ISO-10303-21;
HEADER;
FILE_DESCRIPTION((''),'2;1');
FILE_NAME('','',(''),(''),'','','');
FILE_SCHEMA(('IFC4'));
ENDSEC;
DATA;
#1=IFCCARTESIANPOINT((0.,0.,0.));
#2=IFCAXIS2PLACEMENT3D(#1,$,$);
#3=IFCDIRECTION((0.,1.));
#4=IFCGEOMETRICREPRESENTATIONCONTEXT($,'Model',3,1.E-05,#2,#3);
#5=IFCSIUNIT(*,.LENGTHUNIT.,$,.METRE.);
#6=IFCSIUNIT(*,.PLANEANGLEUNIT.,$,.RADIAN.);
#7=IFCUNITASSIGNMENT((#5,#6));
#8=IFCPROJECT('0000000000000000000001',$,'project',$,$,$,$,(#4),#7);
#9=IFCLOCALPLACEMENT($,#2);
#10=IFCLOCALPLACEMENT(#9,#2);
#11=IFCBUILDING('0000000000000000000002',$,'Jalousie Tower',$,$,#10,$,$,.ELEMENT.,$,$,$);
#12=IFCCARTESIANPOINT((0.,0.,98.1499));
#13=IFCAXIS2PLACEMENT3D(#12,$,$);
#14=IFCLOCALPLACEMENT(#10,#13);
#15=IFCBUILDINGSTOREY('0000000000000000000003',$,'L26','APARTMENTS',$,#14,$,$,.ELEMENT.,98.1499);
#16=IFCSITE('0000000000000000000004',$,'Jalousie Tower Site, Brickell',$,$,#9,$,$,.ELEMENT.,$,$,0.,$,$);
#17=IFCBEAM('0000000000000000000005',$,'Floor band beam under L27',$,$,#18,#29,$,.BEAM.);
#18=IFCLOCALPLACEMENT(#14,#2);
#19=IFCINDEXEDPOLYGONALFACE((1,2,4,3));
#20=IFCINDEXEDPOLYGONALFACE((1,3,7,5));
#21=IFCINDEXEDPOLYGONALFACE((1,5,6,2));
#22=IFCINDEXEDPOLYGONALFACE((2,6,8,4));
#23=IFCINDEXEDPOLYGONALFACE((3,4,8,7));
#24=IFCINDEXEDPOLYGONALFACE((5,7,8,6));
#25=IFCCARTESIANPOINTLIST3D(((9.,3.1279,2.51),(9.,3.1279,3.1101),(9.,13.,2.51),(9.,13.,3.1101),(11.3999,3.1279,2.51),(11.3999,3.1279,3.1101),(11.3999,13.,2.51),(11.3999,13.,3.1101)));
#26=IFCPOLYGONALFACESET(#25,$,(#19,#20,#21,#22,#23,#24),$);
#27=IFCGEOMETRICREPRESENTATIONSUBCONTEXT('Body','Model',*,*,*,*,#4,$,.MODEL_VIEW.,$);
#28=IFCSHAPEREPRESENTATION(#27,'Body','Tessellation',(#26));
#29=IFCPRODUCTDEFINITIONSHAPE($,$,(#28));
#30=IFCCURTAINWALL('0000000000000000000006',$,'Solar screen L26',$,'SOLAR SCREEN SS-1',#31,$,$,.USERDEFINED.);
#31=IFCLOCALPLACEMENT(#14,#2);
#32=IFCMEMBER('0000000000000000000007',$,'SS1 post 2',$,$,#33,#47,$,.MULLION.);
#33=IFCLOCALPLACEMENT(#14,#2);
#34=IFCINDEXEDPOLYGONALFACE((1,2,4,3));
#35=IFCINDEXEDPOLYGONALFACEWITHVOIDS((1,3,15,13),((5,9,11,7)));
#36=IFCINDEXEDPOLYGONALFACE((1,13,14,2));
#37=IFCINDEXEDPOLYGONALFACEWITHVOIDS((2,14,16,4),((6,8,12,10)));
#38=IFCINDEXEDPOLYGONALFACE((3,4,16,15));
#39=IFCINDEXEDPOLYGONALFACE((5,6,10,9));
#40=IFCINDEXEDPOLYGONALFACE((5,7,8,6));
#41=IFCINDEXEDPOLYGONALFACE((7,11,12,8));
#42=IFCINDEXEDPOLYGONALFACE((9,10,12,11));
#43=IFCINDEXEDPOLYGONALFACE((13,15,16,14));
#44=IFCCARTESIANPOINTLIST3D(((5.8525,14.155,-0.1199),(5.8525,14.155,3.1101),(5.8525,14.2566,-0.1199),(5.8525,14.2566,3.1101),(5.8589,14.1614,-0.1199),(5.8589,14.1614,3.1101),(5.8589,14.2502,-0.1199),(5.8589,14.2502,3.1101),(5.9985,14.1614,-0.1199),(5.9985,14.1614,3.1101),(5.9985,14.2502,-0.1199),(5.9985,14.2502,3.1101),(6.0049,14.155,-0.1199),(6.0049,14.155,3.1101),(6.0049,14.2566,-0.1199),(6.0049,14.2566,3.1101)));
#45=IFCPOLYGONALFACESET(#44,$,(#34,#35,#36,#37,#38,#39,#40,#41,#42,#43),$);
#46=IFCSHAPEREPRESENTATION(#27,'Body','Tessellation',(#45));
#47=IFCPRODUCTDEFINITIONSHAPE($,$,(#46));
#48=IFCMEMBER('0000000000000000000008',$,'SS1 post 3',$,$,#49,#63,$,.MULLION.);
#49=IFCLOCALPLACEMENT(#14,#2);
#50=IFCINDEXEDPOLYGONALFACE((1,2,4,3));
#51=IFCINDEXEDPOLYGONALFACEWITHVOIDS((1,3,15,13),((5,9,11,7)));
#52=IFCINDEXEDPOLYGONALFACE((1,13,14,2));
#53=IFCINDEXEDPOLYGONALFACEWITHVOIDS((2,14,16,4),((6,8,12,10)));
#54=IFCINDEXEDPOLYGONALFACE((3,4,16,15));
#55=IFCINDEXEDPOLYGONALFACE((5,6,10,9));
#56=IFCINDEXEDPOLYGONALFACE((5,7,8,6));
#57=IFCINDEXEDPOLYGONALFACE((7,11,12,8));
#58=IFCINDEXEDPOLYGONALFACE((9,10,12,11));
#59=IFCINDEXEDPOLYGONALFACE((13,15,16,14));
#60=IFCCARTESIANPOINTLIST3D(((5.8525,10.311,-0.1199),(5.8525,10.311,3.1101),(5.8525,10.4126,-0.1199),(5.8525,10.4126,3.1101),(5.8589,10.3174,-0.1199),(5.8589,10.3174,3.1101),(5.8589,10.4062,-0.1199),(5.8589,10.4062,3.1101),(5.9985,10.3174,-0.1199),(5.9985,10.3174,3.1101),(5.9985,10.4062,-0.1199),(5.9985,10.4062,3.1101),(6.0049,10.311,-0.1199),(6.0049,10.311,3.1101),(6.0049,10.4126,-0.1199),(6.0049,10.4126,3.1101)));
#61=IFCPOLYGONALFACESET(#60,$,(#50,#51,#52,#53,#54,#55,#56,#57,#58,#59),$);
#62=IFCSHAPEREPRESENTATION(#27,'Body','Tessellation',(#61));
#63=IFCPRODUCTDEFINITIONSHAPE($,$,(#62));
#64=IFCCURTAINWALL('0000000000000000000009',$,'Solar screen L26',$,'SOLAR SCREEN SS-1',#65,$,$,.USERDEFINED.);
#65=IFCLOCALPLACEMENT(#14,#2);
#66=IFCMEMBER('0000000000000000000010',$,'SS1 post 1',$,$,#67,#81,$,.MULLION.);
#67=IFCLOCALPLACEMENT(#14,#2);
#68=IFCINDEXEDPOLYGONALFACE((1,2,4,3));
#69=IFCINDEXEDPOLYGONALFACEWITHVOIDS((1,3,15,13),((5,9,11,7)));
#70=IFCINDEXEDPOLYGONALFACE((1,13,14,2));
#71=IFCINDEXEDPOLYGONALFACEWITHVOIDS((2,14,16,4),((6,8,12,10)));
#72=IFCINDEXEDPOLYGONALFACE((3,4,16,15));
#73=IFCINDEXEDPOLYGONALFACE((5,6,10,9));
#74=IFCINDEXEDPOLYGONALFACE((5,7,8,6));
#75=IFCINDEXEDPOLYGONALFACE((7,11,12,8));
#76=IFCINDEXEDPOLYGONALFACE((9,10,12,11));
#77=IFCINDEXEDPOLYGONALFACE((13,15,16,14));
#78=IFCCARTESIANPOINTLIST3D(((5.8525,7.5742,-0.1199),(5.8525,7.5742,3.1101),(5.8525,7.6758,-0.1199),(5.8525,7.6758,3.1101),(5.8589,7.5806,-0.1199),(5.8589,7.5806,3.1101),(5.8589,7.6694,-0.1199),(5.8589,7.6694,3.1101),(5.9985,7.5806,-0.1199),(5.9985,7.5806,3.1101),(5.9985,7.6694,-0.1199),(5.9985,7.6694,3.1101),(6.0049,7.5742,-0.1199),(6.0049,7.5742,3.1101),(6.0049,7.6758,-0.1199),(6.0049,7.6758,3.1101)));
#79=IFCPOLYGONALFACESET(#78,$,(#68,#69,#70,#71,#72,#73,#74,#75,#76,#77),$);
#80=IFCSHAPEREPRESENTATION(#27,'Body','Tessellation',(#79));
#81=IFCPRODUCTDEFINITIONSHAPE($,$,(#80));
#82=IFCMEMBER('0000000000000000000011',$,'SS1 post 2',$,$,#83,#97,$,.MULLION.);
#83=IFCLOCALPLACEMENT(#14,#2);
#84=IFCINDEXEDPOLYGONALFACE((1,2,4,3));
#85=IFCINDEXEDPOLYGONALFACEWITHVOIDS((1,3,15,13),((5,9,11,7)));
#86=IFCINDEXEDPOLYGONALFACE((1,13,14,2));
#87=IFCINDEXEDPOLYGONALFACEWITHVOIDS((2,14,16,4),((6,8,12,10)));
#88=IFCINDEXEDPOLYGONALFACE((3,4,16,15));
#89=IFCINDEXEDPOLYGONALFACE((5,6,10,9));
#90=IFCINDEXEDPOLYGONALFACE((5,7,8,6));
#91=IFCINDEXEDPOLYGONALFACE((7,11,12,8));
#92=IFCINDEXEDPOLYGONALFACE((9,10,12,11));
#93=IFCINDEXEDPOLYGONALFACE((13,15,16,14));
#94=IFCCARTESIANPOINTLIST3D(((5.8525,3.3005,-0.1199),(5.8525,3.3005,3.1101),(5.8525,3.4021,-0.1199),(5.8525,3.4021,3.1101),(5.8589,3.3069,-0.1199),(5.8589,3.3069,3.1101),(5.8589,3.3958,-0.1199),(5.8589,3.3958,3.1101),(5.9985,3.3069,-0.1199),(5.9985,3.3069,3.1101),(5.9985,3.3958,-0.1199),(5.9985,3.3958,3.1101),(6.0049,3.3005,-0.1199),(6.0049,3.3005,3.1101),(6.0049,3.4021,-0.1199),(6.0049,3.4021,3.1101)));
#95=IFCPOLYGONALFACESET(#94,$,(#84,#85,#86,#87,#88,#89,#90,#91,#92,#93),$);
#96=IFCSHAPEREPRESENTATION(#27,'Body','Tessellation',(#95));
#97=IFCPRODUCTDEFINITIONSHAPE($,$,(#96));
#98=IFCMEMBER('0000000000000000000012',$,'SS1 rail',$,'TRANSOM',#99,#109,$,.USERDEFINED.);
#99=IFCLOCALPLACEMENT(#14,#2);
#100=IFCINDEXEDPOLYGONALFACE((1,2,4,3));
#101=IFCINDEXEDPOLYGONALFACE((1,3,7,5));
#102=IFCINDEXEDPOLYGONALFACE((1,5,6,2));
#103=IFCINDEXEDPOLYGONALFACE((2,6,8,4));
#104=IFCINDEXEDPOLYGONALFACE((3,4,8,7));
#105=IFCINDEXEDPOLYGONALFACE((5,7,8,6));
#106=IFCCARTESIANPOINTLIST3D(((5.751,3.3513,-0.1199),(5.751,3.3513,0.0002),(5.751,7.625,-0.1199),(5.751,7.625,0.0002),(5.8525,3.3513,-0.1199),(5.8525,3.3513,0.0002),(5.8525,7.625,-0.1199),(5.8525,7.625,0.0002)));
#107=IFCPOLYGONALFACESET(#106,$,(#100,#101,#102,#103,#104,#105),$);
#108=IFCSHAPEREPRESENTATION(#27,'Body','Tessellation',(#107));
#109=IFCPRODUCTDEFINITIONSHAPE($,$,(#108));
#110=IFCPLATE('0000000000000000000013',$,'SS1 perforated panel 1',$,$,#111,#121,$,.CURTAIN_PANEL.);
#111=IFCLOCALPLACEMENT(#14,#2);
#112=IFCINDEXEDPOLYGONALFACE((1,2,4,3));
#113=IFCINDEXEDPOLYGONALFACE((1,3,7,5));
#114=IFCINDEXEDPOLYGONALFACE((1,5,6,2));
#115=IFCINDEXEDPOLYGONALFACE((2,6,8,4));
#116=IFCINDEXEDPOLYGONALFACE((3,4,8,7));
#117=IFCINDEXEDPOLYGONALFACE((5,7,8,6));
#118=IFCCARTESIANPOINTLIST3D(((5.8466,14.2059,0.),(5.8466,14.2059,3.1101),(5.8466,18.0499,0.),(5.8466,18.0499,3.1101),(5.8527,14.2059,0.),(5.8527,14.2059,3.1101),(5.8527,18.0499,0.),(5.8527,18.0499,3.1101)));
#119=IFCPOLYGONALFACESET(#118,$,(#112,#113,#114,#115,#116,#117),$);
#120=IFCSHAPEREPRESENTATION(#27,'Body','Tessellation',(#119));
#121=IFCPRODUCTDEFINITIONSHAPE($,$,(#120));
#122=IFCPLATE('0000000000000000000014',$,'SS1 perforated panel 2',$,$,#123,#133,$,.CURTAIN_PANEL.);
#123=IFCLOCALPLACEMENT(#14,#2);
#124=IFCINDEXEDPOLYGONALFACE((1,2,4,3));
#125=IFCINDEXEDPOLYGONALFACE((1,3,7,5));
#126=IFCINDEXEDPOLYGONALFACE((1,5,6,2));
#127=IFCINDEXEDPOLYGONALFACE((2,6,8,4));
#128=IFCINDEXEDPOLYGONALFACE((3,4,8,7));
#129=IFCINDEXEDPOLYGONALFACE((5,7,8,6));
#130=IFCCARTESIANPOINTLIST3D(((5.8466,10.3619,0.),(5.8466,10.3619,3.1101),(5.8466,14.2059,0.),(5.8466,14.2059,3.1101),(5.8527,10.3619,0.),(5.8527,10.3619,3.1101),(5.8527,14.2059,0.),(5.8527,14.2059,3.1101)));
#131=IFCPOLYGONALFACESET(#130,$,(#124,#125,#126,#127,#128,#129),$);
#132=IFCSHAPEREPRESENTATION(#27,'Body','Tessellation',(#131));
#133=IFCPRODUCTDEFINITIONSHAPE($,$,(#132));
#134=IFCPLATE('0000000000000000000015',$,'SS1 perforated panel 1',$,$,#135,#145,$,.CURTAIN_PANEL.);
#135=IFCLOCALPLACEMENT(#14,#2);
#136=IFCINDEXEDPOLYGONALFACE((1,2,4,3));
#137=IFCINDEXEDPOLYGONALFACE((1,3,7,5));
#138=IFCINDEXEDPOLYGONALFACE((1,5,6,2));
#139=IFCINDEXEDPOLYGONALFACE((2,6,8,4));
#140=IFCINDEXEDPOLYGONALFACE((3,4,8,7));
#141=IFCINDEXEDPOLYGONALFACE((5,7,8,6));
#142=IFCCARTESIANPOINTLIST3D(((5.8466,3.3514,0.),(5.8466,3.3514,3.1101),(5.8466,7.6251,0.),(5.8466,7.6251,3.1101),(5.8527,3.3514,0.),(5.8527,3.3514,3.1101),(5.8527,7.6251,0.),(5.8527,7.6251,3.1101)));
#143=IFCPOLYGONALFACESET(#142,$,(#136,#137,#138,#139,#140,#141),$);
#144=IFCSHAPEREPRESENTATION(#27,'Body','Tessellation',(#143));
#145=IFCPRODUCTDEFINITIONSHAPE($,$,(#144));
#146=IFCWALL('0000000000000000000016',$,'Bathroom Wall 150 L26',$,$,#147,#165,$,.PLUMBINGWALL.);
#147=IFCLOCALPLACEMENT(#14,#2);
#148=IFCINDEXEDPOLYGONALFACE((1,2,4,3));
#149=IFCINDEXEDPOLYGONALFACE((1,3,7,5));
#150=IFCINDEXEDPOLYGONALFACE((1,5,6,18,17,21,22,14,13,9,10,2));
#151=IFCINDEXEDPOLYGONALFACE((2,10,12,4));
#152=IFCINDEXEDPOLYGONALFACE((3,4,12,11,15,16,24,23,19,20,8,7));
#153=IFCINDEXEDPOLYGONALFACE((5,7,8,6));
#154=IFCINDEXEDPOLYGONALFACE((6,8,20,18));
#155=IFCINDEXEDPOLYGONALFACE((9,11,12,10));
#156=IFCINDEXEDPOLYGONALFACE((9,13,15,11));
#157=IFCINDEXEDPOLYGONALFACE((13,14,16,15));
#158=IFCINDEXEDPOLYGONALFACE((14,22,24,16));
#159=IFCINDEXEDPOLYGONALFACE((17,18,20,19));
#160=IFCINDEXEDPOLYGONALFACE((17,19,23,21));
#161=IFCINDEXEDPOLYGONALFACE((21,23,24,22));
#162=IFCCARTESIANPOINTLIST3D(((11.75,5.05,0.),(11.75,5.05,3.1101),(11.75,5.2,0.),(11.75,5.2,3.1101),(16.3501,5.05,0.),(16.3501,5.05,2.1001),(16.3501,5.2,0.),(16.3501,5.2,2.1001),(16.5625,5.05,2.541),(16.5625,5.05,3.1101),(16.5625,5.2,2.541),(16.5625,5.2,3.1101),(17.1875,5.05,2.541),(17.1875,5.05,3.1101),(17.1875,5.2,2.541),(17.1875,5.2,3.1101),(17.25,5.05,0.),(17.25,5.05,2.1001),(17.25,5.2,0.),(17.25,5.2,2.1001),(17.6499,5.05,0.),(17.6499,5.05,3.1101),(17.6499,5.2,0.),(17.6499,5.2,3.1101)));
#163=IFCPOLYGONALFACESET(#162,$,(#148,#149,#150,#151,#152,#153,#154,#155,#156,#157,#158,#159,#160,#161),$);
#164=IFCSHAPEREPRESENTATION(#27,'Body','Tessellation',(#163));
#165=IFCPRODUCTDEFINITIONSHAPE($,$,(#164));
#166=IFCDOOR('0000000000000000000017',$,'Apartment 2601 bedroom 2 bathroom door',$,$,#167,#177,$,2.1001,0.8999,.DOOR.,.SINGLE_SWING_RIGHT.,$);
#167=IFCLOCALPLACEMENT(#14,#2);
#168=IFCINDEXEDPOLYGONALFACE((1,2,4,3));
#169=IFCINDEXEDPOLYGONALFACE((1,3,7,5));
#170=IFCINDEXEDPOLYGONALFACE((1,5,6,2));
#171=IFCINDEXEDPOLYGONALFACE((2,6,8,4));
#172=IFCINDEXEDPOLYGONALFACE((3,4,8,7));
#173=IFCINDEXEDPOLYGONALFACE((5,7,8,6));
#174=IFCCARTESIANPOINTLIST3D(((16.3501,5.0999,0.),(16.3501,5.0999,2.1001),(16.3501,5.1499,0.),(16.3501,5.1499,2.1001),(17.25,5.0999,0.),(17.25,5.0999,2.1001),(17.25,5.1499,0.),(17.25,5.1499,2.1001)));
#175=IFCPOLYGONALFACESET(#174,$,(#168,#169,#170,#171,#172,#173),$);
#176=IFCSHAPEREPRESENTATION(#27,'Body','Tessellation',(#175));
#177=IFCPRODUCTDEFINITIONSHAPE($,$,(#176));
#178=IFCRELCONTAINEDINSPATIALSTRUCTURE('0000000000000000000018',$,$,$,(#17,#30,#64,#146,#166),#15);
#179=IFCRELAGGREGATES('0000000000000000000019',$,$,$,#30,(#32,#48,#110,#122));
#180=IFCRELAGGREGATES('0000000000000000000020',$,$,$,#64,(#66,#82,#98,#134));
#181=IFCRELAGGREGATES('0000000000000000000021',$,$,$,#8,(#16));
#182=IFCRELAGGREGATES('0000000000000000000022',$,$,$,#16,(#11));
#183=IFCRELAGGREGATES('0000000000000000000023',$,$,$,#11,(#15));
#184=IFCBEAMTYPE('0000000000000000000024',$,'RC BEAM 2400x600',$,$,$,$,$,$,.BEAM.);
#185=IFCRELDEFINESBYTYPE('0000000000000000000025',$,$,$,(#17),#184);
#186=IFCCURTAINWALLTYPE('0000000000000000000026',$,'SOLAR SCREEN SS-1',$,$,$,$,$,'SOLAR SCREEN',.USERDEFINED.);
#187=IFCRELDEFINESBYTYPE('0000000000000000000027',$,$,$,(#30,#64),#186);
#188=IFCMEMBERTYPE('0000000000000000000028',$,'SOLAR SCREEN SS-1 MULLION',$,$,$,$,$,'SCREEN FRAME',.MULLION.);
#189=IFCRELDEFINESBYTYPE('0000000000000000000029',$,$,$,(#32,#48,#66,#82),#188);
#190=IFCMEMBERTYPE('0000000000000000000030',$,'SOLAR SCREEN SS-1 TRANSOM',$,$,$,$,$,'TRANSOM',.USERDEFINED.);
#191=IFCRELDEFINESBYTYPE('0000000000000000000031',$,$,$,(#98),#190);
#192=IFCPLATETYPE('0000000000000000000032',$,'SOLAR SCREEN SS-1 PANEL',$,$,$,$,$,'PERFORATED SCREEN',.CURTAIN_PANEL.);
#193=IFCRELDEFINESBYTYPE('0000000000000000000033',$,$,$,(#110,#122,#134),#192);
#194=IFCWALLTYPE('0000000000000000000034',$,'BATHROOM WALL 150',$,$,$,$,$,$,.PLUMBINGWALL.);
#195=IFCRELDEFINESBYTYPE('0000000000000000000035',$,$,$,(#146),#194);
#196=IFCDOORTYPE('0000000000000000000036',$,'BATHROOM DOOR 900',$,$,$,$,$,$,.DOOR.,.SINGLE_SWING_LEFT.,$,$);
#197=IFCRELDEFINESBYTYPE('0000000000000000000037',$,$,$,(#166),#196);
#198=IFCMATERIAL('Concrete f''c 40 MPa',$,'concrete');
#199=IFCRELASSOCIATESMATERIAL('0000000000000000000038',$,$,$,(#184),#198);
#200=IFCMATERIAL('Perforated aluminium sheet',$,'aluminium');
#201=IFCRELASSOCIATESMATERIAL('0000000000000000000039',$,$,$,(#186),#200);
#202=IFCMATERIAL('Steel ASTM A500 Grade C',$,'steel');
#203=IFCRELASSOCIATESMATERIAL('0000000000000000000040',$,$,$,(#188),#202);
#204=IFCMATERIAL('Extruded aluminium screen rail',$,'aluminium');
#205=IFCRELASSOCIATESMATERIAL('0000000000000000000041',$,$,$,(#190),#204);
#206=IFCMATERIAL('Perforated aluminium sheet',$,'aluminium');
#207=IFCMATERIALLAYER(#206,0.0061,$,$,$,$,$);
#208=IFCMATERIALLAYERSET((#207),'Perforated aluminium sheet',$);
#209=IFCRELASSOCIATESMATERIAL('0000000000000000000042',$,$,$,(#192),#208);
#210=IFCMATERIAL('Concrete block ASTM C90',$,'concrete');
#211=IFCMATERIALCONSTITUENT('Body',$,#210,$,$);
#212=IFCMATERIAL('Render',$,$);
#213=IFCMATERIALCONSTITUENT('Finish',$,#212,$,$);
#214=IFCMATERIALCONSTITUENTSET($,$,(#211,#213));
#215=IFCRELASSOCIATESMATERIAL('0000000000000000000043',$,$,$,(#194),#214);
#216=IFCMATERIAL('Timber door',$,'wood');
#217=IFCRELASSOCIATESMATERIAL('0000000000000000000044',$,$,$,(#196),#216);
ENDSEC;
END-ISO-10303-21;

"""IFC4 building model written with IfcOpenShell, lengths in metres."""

from ifc_helpers import new_model, si_unit, direction, frame, frame_2d, origin, origin_2d, place, context, subcontext, project, spatial, polyline, rectangle, hollow_rectangle, outline, extrude, material, layer, layer_set, constituent, constituent_set, material_profile, profile_set, type_object, element, fill, aggregate, save


model = new_model("IFC4")

# Units and contexts
model_context = context("Model", 3, precision=1e-05, world=origin(), true_north=direction((0.0, 1.0)))
body_context = subcontext(model_context, "Body", "Model", "MODEL_VIEW")
ifc_project = project(units=[si_unit("LENGTHUNIT", "METRE"), si_unit("PLANEANGLEUNIT", "RADIAN")], contexts=[model_context])

# Site, building, storey
site_placement = place(None, origin())
site = spatial("IfcSite", under=ifc_project, at=site_placement, Name="Jalousie Tower Site, Brickell", CompositionType="ELEMENT", RefElevation=0.0)
building_placement = place(site_placement, origin())
building = spatial("IfcBuilding", under=site, at=building_placement, Name="Jalousie Tower", CompositionType="ELEMENT")
storey_placement = place(building_placement, frame((0.0, 0.0, 98.1499)))
storey = spatial("IfcBuildingStorey", under=building, at=storey_placement, Name="L26", Description="APARTMENTS", CompositionType="ELEMENT", Elevation=98.1499)

# Beam
ifc_material_1 = material(Name="Concrete f'c 40 MPa", Category="concrete")
ifc_material_profile_1 = material_profile(ifc_material_1, rectangle(XDim=2.3999, YDim=0.6001, at=origin_2d()), Name="RC 2400x600")
ifc_profile_set_1 = profile_set([ifc_material_profile_1], Name="Concrete f'c 40 MPa")
beam_type_1 = type_object("IfcBeamType", Name="RC BEAM 2400x600", PredefinedType="BEAM", material=ifc_profile_set_1)
beam_1_placement = place(storey_placement, frame((10.2, 13.0, 2.8101), z_axis=(0.0, -1.0, 0.0), x_axis=(1.0, 0.0, 0.0)))
element("IfcBeam", 1, at=beam_1_placement, inside=storey, type_object=beam_type_1, Name="Floor band beam under L27", PredefinedType="BEAM", context=body_context, shape_type="SweptSolid", body=[
    extrude(rectangle(XDim=2.3999, YDim=0.6001, at=origin_2d()), origin(), (0.0, 0.0, 1.0), 9.8721),
])

# Curtain walls, members
ifc_material_2 = material(Name="Perforated aluminium sheet", Category="aluminium")
curtain_wall_type = type_object("IfcCurtainWallType", Name="SOLAR SCREEN SS-1", ElementType="SOLAR SCREEN", PredefinedType="USERDEFINED", material=ifc_material_2)
curtain_wall_1_placement = place(storey_placement, origin())
curtain_wall_1 = element("IfcCurtainWall", 2, at=curtain_wall_1_placement, inside=storey, type_object=curtain_wall_type, Name="Solar screen L26", ObjectType="SOLAR SCREEN SS-1", PredefinedType="USERDEFINED")
ifc_material_3 = material(Name="Steel ASTM A500 Grade C", Category="steel")
ifc_material_profile_2 = material_profile(ifc_material_3, hollow_rectangle(XDim=0.1016, YDim=0.1523, WallThickness=0.0063, at=origin_2d()), Name="HSS6X4X1/4")
ifc_profile_set_2 = profile_set([ifc_material_profile_2], Name="Steel ASTM A500 Grade C")
member_type_1 = type_object("IfcMemberType", Name="SOLAR SCREEN SS-1 MULLION", ElementType="SCREEN FRAME", PredefinedType="MULLION", material=ifc_profile_set_2)
member_1_placement = place(storey_placement, frame((5.9287, 14.2058, -0.1199), z_axis=(0.0, 0.0, 1.0), x_axis=(0.0, -1.0, 0.0)))
member_1 = element("IfcMember", 3, at=member_1_placement, type_object=member_type_1, Name="SS1 post 2", PredefinedType="MULLION", context=body_context, shape_type="SweptSolid", body=[
    extrude(hollow_rectangle(XDim=0.1016, YDim=0.1523, WallThickness=0.0063, at=origin_2d()), origin(), (0.0, 0.0, 1.0), 3.23),
])
member_2_placement = place(storey_placement, frame((5.9287, 10.3618, -0.1199), z_axis=(0.0, 0.0, 1.0), x_axis=(0.0, -1.0, 0.0)))
member_2 = element("IfcMember", 4, at=member_2_placement, type_object=member_type_1, Name="SS1 post 3", PredefinedType="MULLION", context=body_context, shape_type="SweptSolid", body=[
    extrude(hollow_rectangle(XDim=0.1016, YDim=0.1523, WallThickness=0.0063, at=origin_2d()), origin(), (0.0, 0.0, 1.0), 3.23),
])
curtain_wall_2_placement = place(storey_placement, origin())
curtain_wall_2 = element("IfcCurtainWall", 5, at=curtain_wall_2_placement, inside=storey, type_object=curtain_wall_type, Name="Solar screen L26", ObjectType="SOLAR SCREEN SS-1", PredefinedType="USERDEFINED")
member_3_placement = place(storey_placement, frame((5.9287, 7.625, -0.1199), z_axis=(0.0, 0.0, 1.0), x_axis=(0.0, -1.0, 0.0)))
member_3 = element("IfcMember", 6, at=member_3_placement, type_object=member_type_1, Name="SS1 post 1", PredefinedType="MULLION", context=body_context, shape_type="SweptSolid", body=[
    extrude(hollow_rectangle(XDim=0.1016, YDim=0.1523, WallThickness=0.0063, at=origin_2d()), origin(), (0.0, 0.0, 1.0), 3.23),
])
member_4_placement = place(storey_placement, frame((5.9287, 3.3513, -0.1199), z_axis=(0.0, 0.0, 1.0), x_axis=(0.0, -1.0, 0.0)))
member_4 = element("IfcMember", 7, at=member_4_placement, type_object=member_type_1, Name="SS1 post 2", PredefinedType="MULLION", context=body_context, shape_type="SweptSolid", body=[
    extrude(hollow_rectangle(XDim=0.1016, YDim=0.1523, WallThickness=0.0063, at=origin_2d()), origin(), (0.0, 0.0, 1.0), 3.23),
])
ifc_material_4 = material(Name="Extruded aluminium screen rail", Category="aluminium")
ifc_material_profile_3 = material_profile(ifc_material_4, rectangle(XDim=0.1016, YDim=0.1201, at=origin_2d()), Name="RAIL 102x120")
ifc_profile_set_3 = profile_set([ifc_material_profile_3], Name="Extruded aluminium screen rail")
member_type_2 = type_object("IfcMemberType", Name="SOLAR SCREEN SS-1 TRANSOM", ElementType="TRANSOM", PredefinedType="USERDEFINED", material=ifc_profile_set_3)
member_5_placement = place(storey_placement, frame((5.8018, 7.625, -0.0598), z_axis=(0.0, -1.0, 0.0), x_axis=(1.0, 0.0, 0.0)))
member_5 = element("IfcMember", 8, at=member_5_placement, type_object=member_type_2, Name="SS1 rail", ObjectType="TRANSOM", PredefinedType="USERDEFINED", context=body_context, shape_type="SweptSolid", body=[
    extrude(rectangle(XDim=0.1016, YDim=0.1201, at=origin_2d()), origin(), (0.0, 0.0, 1.0), 4.2737),
])

# Plates
ifc_material_5 = material(Name="Perforated aluminium sheet", Category="aluminium")
ifc_layer_1 = layer(ifc_material_5, 0.0061)
ifc_layer_set_1 = layer_set([ifc_layer_1], Name="Perforated aluminium sheet")
plate_type = type_object("IfcPlateType", Name="SOLAR SCREEN SS-1 PANEL", ElementType="PERFORATED SCREEN", PredefinedType="CURTAIN_PANEL", material=ifc_layer_set_1)
plate_1_placement = place(storey_placement, frame((5.8496, 16.1279, 0.0), z_axis=(0.0, 0.0, 1.0), x_axis=(0.0, -1.0, 0.0)))
plate_1 = element("IfcPlate", 9, at=plate_1_placement, type_object=plate_type, Name="SS1 perforated panel 1", PredefinedType="CURTAIN_PANEL", context=body_context, shape_type="SweptSolid", body=[
    extrude(rectangle(XDim=3.844, YDim=0.0061, at=origin_2d()), origin(), (0.0, 0.0, 1.0), 3.1101),
])
plate_2_placement = place(storey_placement, frame((5.8496, 12.2839, 0.0), z_axis=(0.0, 0.0, 1.0), x_axis=(0.0, -1.0, 0.0)))
plate_2 = element("IfcPlate", 10, at=plate_2_placement, type_object=plate_type, Name="SS1 perforated panel 2", PredefinedType="CURTAIN_PANEL", context=body_context, shape_type="SweptSolid", body=[
    extrude(rectangle(XDim=3.844, YDim=0.0061, at=origin_2d()), origin(), (0.0, 0.0, 1.0), 3.1101),
])
aggregate(curtain_wall_1, [member_1, member_2, plate_1, plate_2])
plate_3_placement = place(storey_placement, frame((5.8496, 5.4883, 0.0), z_axis=(0.0, 0.0, 1.0), x_axis=(0.0, -1.0, 0.0)))
plate_3 = element("IfcPlate", 11, at=plate_3_placement, type_object=plate_type, Name="SS1 perforated panel 1", PredefinedType="CURTAIN_PANEL", context=body_context, shape_type="SweptSolid", body=[
    extrude(rectangle(XDim=4.2737, YDim=0.0061, at=origin_2d()), origin(), (0.0, 0.0, 1.0), 3.1101),
])
aggregate(curtain_wall_2, [member_3, member_4, member_5, plate_3])

# Wall, opening, door
ifc_material_6 = material(Name="Concrete block ASTM C90", Category="concrete")
ifc_constituent_1 = constituent(ifc_material_6, Name="Body")
ifc_material_7 = material(Name="Render")
ifc_constituent_2 = constituent(ifc_material_7, Name="Finish")
ifc_constituent_set_1 = constituent_set(constituents=[ifc_constituent_1, ifc_constituent_2])
wall_type_1 = type_object("IfcWallType", Name="BATHROOM WALL 150", PredefinedType="PLUMBINGWALL", material=ifc_constituent_set_1)
wall_1_placement = place(storey_placement, frame((11.75, 5.125, 0.0), z_axis=(0.0, 0.0, 1.0), x_axis=(1.0, 0.0, 0.0)))
wall_1 = element("IfcWall", 12, at=wall_1_placement, inside=storey, type_object=wall_type_1, Name="Bathroom Wall 150 L26", PredefinedType="PLUMBINGWALL", context=body_context, shape_type="SweptSolid", body=[
    extrude(outline(polyline([(0.0, 0.0), (5.8999, 0.0), (5.8999, 3.1101), (5.4375, 3.1101), (5.4375, 2.541), (4.8125, 2.541), (4.8125, 3.1101), (0.0, 3.1101), (0.0, 0.0)])), frame((0.0, 0.075, 0.0), z_axis=(0.0, -1.0, 0.0), x_axis=(1.0, 0.0, 0.0)), (0.0, 0.0, 1.0), 0.1499),
])
opening_1_placement = place(wall_1_placement, frame((4.6001, 0.0, 0.0)))
opening_1 = element("IfcOpeningElement", 13, at=opening_1_placement, cuts=wall_1, PredefinedType="OPENING", context=body_context, shape_type="SweptSolid", body=[
    extrude(rectangle(XDim=0.8999, YDim=2.1001, at=frame_2d((0.45, 1.05))), frame((0.0, 0.085, 0.0), z_axis=(0.0, -1.0, 0.0), x_axis=(1.0, 0.0, 0.0)), (0.0, 0.0, 1.0), 0.1699),
])
ifc_material_8 = material(Name="Timber door", Category="wood")
door_type_1 = type_object("IfcDoorType", Name="BATHROOM DOOR 900", OperationType="SINGLE_SWING_LEFT", PredefinedType="DOOR", material=ifc_material_8)
door_1_placement = place(opening_1_placement, origin())
door_1 = element("IfcDoor", 14, at=door_1_placement, inside=storey, type_object=door_type_1, Name="Apartment 2601 bedroom 2 bathroom door", OperationType="SINGLE_SWING_RIGHT", OverallHeight=2.1001, OverallWidth=0.8999, PredefinedType="DOOR", context=body_context, shape_type="SweptSolid", body=[
    extrude(rectangle(XDim=0.8999, YDim=2.1001, at=frame_2d((0.45, 1.05))), frame((0.0, 0.0249, 0.0), z_axis=(0.0, -1.0, 0.0), x_axis=(1.0, 0.0, 0.0)), (0.0, 0.0, 1.0), 0.05),
])
fill(opening_1, door_1)

save(model, "model.ifc")
